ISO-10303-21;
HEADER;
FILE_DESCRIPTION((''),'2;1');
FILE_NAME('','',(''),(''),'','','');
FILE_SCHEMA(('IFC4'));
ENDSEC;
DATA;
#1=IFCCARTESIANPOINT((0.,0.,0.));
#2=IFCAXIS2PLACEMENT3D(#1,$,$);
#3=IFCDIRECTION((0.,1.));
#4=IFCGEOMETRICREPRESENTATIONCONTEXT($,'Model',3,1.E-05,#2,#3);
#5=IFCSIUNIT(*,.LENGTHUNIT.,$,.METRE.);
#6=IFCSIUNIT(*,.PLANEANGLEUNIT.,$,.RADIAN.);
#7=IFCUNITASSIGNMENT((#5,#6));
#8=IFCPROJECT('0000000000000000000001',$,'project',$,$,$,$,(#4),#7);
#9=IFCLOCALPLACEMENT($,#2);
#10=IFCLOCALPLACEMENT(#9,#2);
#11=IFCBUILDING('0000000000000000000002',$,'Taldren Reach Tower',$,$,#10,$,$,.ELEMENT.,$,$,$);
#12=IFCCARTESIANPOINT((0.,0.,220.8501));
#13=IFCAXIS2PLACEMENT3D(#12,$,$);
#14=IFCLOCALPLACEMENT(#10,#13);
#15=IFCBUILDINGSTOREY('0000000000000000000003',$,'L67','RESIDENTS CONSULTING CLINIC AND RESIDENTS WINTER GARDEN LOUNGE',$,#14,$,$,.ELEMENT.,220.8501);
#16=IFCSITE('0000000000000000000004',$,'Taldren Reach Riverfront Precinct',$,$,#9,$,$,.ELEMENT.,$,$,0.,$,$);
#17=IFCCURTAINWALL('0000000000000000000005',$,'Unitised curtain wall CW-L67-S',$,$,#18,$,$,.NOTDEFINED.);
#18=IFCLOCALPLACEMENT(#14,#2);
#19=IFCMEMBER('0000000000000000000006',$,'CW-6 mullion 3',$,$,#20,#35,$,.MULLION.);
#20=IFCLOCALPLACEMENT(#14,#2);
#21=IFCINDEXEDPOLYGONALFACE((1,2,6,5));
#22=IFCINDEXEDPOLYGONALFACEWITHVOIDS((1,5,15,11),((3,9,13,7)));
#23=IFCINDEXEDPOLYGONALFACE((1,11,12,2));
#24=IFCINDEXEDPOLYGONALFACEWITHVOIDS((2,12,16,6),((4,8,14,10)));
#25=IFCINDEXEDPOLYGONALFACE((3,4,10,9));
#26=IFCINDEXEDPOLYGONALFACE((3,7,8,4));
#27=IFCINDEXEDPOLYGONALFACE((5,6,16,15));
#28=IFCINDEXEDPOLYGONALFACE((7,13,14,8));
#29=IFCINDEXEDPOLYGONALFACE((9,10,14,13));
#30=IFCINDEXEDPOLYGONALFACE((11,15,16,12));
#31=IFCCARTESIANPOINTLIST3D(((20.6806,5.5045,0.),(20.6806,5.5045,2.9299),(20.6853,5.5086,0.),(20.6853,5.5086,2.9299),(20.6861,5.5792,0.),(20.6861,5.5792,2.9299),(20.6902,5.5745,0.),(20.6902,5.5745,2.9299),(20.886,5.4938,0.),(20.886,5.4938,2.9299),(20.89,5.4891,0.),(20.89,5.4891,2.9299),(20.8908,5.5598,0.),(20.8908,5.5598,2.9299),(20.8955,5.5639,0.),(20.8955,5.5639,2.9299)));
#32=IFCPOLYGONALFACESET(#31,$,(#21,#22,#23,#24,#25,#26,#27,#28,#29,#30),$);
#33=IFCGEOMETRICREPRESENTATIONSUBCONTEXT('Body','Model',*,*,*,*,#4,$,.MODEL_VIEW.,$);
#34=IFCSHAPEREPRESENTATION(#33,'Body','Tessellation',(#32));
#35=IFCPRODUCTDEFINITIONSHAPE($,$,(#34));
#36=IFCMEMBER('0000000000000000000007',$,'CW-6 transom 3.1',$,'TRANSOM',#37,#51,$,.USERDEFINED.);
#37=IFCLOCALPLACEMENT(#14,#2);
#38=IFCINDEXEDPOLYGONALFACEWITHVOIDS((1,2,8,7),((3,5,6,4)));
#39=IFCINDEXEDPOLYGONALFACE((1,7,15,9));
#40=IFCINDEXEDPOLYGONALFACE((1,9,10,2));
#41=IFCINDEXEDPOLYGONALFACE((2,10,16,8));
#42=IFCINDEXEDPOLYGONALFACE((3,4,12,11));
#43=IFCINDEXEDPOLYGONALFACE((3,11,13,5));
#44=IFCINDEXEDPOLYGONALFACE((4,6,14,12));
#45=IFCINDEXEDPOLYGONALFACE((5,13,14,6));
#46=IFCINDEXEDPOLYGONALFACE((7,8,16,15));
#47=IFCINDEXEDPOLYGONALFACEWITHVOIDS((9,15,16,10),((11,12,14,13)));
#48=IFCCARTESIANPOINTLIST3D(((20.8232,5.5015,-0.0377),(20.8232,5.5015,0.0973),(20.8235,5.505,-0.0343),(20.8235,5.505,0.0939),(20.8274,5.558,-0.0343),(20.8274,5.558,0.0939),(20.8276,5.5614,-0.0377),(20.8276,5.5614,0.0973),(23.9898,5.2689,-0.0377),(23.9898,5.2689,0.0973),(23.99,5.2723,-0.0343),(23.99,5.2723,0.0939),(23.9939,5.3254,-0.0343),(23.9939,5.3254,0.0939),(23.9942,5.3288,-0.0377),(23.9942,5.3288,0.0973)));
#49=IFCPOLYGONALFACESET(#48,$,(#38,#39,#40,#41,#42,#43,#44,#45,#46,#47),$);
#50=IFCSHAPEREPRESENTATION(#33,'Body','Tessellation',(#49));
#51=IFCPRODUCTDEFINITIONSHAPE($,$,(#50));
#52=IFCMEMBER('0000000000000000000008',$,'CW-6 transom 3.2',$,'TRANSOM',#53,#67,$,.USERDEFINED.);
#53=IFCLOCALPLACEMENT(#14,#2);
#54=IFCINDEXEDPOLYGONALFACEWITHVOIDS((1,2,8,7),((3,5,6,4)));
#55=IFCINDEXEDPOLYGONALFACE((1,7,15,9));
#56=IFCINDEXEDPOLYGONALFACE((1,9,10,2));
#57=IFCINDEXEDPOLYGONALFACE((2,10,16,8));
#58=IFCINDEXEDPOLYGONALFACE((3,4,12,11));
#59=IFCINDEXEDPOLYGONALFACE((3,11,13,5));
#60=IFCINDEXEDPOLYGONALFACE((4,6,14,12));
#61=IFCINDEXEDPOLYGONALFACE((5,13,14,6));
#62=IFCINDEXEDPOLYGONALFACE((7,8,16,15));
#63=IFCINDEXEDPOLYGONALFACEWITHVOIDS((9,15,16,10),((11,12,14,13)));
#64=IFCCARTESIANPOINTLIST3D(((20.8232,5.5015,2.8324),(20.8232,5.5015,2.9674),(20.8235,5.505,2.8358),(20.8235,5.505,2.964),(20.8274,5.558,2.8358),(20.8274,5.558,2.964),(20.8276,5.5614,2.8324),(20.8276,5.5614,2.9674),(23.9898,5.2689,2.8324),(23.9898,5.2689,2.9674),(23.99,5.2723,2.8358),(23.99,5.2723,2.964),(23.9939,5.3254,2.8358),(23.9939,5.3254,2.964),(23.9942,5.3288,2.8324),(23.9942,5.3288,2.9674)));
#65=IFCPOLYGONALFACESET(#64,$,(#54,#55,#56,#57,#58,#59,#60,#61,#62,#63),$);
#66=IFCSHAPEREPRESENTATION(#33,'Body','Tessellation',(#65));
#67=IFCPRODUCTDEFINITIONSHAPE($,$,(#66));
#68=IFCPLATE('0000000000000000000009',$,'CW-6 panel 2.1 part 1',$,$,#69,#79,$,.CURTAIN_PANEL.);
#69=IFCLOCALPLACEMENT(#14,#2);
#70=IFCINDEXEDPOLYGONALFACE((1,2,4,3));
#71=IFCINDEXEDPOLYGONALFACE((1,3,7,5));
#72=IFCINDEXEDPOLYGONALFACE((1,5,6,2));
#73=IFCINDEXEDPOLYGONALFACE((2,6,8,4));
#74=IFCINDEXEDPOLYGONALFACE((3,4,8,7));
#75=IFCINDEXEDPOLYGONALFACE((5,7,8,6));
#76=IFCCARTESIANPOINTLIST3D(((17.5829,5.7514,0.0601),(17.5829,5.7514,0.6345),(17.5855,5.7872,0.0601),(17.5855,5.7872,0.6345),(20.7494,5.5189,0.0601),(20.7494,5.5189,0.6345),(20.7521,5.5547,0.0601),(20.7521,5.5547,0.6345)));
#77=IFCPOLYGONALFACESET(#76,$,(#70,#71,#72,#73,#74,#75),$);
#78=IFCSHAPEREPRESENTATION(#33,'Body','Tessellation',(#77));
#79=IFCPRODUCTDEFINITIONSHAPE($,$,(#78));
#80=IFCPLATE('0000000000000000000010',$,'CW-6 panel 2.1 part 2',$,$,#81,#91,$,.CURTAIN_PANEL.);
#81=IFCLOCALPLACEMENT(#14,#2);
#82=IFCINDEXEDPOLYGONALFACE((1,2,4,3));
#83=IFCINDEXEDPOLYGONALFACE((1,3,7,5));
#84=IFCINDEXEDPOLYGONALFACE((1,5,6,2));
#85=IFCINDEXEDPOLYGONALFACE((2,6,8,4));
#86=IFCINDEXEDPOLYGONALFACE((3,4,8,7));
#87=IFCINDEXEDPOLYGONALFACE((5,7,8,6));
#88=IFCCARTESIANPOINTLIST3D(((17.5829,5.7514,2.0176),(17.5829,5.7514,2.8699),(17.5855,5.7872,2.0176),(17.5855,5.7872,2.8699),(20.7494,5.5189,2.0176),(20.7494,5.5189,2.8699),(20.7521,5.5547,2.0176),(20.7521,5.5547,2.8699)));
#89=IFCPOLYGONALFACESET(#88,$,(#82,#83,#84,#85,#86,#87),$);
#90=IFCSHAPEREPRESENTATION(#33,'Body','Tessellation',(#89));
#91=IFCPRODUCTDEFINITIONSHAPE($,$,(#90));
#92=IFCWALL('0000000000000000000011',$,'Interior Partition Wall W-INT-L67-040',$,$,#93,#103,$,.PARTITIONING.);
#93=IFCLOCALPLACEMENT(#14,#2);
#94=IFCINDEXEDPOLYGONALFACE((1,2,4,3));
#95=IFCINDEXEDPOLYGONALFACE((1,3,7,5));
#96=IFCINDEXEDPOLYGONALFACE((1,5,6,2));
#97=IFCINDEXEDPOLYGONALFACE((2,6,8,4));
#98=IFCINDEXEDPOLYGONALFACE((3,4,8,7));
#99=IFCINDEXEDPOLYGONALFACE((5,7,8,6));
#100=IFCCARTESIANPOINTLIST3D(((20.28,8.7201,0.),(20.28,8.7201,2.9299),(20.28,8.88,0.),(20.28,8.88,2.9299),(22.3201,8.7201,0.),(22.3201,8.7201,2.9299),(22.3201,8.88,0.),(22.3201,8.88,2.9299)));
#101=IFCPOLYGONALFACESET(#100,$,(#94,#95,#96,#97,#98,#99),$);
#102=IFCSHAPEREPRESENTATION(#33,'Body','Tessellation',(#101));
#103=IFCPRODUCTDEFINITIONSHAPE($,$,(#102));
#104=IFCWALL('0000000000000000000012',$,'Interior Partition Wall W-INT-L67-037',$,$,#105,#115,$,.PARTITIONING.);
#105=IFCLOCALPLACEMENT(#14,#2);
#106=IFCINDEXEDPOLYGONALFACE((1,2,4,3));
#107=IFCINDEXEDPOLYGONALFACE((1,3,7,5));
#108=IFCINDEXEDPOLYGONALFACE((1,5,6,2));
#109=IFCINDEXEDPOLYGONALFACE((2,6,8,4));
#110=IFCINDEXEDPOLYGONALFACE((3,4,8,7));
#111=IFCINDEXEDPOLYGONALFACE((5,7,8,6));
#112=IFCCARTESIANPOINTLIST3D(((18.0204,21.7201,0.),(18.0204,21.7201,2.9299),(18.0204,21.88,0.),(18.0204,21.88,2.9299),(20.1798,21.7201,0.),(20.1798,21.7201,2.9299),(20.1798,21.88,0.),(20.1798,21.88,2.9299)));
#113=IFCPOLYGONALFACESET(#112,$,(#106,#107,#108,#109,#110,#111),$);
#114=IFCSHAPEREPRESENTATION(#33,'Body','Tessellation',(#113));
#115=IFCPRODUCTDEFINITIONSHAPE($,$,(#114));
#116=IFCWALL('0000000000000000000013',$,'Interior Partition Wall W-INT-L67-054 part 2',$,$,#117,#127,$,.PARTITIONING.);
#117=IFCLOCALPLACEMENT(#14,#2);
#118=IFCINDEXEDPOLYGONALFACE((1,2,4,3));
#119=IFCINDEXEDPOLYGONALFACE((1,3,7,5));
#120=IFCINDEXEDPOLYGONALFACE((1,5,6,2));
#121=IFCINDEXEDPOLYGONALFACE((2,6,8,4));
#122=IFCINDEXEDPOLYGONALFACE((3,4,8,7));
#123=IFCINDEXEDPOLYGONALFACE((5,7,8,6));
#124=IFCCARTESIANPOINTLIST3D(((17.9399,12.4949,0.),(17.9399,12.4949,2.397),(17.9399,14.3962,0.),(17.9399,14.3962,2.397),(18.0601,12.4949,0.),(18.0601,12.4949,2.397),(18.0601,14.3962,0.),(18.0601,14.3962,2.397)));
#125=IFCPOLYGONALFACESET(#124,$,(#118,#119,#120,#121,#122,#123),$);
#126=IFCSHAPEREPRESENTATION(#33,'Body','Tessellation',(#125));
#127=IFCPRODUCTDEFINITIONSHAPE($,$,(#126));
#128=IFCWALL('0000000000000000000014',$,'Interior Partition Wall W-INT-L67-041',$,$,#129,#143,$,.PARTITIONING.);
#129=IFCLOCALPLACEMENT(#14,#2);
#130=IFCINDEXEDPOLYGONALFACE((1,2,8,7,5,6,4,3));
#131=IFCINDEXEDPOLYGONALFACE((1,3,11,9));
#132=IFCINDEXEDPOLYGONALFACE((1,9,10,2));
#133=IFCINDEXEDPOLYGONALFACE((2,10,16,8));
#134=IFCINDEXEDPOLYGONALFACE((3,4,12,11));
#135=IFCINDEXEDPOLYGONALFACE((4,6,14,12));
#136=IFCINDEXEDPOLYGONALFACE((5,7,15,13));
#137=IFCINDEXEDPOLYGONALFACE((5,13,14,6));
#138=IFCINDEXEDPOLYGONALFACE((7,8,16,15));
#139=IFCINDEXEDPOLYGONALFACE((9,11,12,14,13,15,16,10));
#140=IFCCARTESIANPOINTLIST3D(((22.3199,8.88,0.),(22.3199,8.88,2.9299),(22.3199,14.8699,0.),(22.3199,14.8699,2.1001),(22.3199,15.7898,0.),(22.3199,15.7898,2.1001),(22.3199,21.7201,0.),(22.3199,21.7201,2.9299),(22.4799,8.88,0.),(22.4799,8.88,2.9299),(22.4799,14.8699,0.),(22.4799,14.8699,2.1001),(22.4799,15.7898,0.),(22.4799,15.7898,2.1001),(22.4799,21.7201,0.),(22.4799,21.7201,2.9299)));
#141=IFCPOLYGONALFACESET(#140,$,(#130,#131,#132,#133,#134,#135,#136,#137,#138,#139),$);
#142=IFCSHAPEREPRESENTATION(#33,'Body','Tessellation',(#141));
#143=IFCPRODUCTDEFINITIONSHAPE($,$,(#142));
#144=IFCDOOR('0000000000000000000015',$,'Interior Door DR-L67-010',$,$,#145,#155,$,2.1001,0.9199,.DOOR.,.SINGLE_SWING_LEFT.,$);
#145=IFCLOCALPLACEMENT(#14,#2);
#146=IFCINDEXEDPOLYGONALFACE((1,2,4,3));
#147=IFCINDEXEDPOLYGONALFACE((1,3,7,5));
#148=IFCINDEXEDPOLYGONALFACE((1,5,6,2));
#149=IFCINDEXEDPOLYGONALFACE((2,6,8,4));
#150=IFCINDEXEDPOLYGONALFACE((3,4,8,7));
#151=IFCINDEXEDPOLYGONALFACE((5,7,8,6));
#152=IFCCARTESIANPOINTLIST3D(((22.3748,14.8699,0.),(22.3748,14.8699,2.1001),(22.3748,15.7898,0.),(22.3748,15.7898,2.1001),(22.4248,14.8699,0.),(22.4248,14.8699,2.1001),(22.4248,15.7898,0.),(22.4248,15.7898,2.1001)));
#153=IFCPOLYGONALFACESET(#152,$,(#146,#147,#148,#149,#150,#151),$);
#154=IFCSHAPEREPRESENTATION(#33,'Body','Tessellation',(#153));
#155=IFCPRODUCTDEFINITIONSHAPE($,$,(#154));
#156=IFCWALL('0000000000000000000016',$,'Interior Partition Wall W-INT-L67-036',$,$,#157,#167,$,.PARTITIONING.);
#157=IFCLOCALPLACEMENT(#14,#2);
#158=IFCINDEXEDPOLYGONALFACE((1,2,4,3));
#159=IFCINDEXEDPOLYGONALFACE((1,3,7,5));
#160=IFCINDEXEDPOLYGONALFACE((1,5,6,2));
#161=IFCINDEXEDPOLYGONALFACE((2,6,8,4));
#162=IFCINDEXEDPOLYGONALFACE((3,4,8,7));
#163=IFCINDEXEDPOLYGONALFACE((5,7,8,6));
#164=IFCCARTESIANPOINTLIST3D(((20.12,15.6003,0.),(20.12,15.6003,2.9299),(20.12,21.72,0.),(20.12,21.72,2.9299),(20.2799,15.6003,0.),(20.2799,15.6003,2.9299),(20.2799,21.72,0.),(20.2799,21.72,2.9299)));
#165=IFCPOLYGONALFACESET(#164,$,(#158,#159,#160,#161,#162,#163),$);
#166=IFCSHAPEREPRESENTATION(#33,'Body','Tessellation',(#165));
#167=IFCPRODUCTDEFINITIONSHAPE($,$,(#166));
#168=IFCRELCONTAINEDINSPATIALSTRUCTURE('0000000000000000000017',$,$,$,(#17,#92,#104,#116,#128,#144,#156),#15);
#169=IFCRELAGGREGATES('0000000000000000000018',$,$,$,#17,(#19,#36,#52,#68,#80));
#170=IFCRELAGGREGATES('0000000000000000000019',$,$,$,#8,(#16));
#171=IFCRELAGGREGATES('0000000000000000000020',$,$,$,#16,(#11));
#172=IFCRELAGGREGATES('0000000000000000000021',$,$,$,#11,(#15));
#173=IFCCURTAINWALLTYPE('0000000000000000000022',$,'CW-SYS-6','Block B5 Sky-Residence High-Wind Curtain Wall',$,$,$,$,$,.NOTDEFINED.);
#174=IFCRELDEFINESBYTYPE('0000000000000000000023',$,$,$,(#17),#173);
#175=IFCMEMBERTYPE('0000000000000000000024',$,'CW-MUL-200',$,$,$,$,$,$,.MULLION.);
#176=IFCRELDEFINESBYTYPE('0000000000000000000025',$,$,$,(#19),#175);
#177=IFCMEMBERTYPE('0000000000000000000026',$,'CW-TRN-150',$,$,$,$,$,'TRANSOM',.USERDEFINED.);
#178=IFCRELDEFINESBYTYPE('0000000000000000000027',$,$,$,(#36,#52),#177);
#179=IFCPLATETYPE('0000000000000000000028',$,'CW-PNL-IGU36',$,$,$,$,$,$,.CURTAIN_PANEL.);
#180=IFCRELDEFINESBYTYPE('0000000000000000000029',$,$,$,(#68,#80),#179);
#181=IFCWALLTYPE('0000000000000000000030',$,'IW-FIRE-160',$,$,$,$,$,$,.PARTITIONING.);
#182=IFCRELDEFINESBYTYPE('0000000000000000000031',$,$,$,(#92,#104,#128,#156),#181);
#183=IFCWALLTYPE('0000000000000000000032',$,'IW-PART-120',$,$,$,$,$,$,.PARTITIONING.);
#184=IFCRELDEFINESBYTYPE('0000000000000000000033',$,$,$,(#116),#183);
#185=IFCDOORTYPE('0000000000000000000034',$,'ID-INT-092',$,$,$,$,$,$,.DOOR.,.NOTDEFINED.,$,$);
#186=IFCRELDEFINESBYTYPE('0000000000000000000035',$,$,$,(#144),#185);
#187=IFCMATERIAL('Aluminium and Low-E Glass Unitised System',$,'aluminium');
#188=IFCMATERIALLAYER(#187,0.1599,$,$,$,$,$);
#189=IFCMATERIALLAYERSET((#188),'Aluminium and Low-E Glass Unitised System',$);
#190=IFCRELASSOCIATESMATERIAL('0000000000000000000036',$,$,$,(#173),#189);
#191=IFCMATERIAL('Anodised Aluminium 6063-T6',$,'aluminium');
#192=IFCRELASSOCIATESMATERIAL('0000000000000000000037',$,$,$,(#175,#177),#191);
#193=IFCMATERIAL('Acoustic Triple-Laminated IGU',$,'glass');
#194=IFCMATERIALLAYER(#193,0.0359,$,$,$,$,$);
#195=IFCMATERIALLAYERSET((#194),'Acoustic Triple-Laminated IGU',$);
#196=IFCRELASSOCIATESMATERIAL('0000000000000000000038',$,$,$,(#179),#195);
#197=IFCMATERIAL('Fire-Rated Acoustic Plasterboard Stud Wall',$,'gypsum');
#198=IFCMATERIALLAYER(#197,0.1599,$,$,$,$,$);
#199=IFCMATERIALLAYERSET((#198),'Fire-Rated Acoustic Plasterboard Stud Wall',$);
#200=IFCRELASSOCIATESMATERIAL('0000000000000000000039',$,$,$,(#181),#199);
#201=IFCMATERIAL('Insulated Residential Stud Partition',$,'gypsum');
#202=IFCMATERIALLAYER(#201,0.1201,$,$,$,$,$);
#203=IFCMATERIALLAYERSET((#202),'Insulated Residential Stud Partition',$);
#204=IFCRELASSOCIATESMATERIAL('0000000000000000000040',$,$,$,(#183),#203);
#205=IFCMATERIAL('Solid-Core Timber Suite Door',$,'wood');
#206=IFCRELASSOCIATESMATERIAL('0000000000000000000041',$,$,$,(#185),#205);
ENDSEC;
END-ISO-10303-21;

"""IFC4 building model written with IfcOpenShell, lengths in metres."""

from ifc_helpers import new_model, si_unit, direction, frame, frame_2d, origin, origin_2d, place, context, subcontext, project, spatial, rectangle, hollow_rectangle, extrude, source, transform, mapped, material, layer, layer_set, material_profile, profile_set, type_object, element, fill, aggregate, save


model = new_model("IFC4")

# Units and contexts
model_context = context("Model", 3, precision=1e-05, world=origin(), true_north=direction((0.0, 1.0)))
body_context = subcontext(model_context, "Body", "Model", "MODEL_VIEW")
ifc_project = project(units=[si_unit("LENGTHUNIT", "METRE"), si_unit("PLANEANGLEUNIT", "RADIAN")], contexts=[model_context])

# Site, building, storey
site_placement = place(None, origin())
site = spatial("IfcSite", under=ifc_project, at=site_placement, Name="Taldren Reach Riverfront Precinct", CompositionType="ELEMENT", RefElevation=0.0)
building_placement = place(site_placement, origin())
building = spatial("IfcBuilding", under=site, at=building_placement, Name="Taldren Reach Tower", CompositionType="ELEMENT")
storey_placement = place(building_placement, frame((0.0, 0.0, 220.8501)))
storey = spatial("IfcBuildingStorey", under=building, at=storey_placement, Name="L67", Description="RESIDENTS CONSULTING CLINIC AND RESIDENTS WINTER GARDEN LOUNGE", CompositionType="ELEMENT", Elevation=220.8501)

# Curtain wall, members, plates
ifc_material_1 = material(Name="Aluminium and Low-E Glass Unitised System", Category="aluminium")
ifc_layer_1 = layer(ifc_material_1, 0.1599)
ifc_layer_set_1 = layer_set([ifc_layer_1], Name="Aluminium and Low-E Glass Unitised System")
curtain_wall_type = type_object("IfcCurtainWallType", Name="CW-SYS-6", Description="Block B5 Sky-Residence High-Wind Curtain Wall", PredefinedType="NOTDEFINED", material=ifc_layer_set_1)
curtain_wall_placement = place(storey_placement, origin())
curtain_wall = element("IfcCurtainWall", 1, at=curtain_wall_placement, inside=storey, type_object=curtain_wall_type, Name="Unitised curtain wall CW-L67-S", PredefinedType="NOTDEFINED")
ifc_material_2 = material(Name="Anodised Aluminium 6063-T6", Category="aluminium")
ifc_material_profile_1 = material_profile(ifc_material_2, hollow_rectangle(XDim=0.075, YDim=0.21, WallThickness=0.0044, at=origin_2d()), Name="ALU-210x75x4.5RHS")
ifc_profile_set_1 = profile_set([ifc_material_profile_1], Name="Anodised Aluminium 6063-T6")
member_type_1 = type_object("IfcMemberType", Name="CW-MUL-200", PredefinedType="MULLION", material=ifc_profile_set_1)
shared_shape_1 = source(origin(), body_context, "Body", "SweptSolid", [
    extrude(hollow_rectangle(XDim=0.075, YDim=0.21, WallThickness=0.0044, at=origin_2d()), origin(), (0.0, 0.0, 1.0), 2.9299),
])
member_1_placement = place(storey_placement, frame((20.7881, 5.5342, 0.0), z_axis=(0.0, 0.0, 1.0), x_axis=(0.073238, 0.997314, 0.0)))
member_1 = element("IfcMember", 2, at=member_1_placement, type_object=member_type_1, Name="CW-6 mullion 3", PredefinedType="MULLION", context=body_context, shape_type="MappedRepresentation", body=[
    mapped(shared_shape_1, transform((0.0, 0.0, 0.0), scale=1.0)),
])
ifc_material_profile_2 = material_profile(ifc_material_2, hollow_rectangle(XDim=0.0601, YDim=0.135, WallThickness=0.0034, at=origin_2d()), Name="ALU-135x60x3.5RHS")
ifc_profile_set_2 = profile_set([ifc_material_profile_2], Name="Anodised Aluminium 6063-T6")
member_type_2 = type_object("IfcMemberType", Name="CW-TRN-150", ElementType="TRANSOM", PredefinedType="USERDEFINED", material=ifc_profile_set_2)
shared_shape_2 = source(origin(), body_context, "Body", "SweptSolid", [
    extrude(hollow_rectangle(XDim=0.0601, YDim=0.135, WallThickness=0.0034, at=origin_2d()), origin(), (0.0, 0.0, 1.0), 3.175),
])
member_2_placement = place(storey_placement, frame((20.8254, 5.5315, 0.0298), z_axis=(0.997311, -0.07328, 0.0), x_axis=(0.07328, 0.997311, 0.0)))
member_2 = element("IfcMember", 3, at=member_2_placement, type_object=member_type_2, Name="CW-6 transom 3.1", ObjectType="TRANSOM", PredefinedType="USERDEFINED", context=body_context, shape_type="MappedRepresentation", body=[
    mapped(shared_shape_2, transform((0.0, 0.0, 0.0), scale=1.0)),
])
member_3_placement = place(storey_placement, frame((20.8254, 5.5315, 2.8999), z_axis=(0.997311, -0.07328, 0.0), x_axis=(0.07328, 0.997311, 0.0)))
member_3 = element("IfcMember", 4, at=member_3_placement, type_object=member_type_2, Name="CW-6 transom 3.2", ObjectType="TRANSOM", PredefinedType="USERDEFINED", context=body_context, shape_type="MappedRepresentation", body=[
    mapped(shared_shape_2, transform((0.0, 0.0, 0.0), scale=1.0)),
])
ifc_material_3 = material(Name="Acoustic Triple-Laminated IGU", Category="glass")
ifc_layer_2 = layer(ifc_material_3, 0.0359)
ifc_layer_set_2 = layer_set([ifc_layer_2], Name="Acoustic Triple-Laminated IGU")
plate_type = type_object("IfcPlateType", Name="CW-PNL-IGU36", PredefinedType="CURTAIN_PANEL", material=ifc_layer_set_2)
shared_shape_3 = source(origin(), body_context, "Body", "SweptSolid", [
    extrude(rectangle(XDim=3.175, YDim=0.0359, at=origin_2d()), origin(), (0.0, 0.0, 1.0), 0.5745),
])
plate_1_placement = place(storey_placement, frame((19.1675, 5.6531, 0.0601), z_axis=(0.0, 0.0, 1.0), x_axis=(0.997314, -0.073238, 0.0)))
plate_1 = element("IfcPlate", 5, at=plate_1_placement, type_object=plate_type, Name="CW-6 panel 2.1 part 1", PredefinedType="CURTAIN_PANEL", context=body_context, shape_type="MappedRepresentation", body=[
    mapped(shared_shape_3, transform((0.0, 0.0, 0.0), scale=1.0)),
])
shared_shape_4 = source(origin(), body_context, "Body", "SweptSolid", [
    extrude(rectangle(XDim=3.175, YDim=0.0359, at=origin_2d()), origin(), (0.0, 0.0, 1.0), 0.8523),
])
plate_2_placement = place(storey_placement, frame((19.1675, 5.6531, 2.0176), z_axis=(0.0, 0.0, 1.0), x_axis=(0.997314, -0.073238, 0.0)))
plate_2 = element("IfcPlate", 6, at=plate_2_placement, type_object=plate_type, Name="CW-6 panel 2.1 part 2", PredefinedType="CURTAIN_PANEL", context=body_context, shape_type="MappedRepresentation", body=[
    mapped(shared_shape_4, transform((0.0, 0.0, 0.0), scale=1.0)),
])
aggregate(curtain_wall, [member_1, member_2, member_3, plate_1, plate_2])

# Walls
ifc_material_4 = material(Name="Fire-Rated Acoustic Plasterboard Stud Wall", Category="gypsum")
ifc_layer_3 = layer(ifc_material_4, 0.1599)
ifc_layer_set_3 = layer_set([ifc_layer_3], Name="Fire-Rated Acoustic Plasterboard Stud Wall")
wall_type_1 = type_object("IfcWallType", Name="IW-FIRE-160", PredefinedType="PARTITIONING", material=ifc_layer_set_3)
shared_shape_5 = source(origin(), body_context, "Body", "SweptSolid", [
    extrude(rectangle(XDim=2.04, YDim=0.1599, at=frame_2d((1.02, 0.0))), origin(), (0.0, 0.0, 1.0), 2.9299),
])
wall_1_placement = place(storey_placement, frame((22.3201, 8.8, 0.0), z_axis=(0.0, 0.0, 1.0), x_axis=(-1.0, 0.0, 0.0)))
element("IfcWall", 7, at=wall_1_placement, inside=storey, type_object=wall_type_1, Name="Interior Partition Wall W-INT-L67-040", PredefinedType="PARTITIONING", context=body_context, shape_type="MappedRepresentation", body=[
    mapped(shared_shape_5, transform((0.0, 0.0, 0.0), scale=1.0)),
])
shared_shape_6 = source(origin(), body_context, "Body", "SweptSolid", [
    extrude(rectangle(XDim=2.1594, YDim=0.1599, at=frame_2d((1.0796, 0.0))), origin(), (0.0, 0.0, 1.0), 2.9299),
])
wall_2_placement = place(storey_placement, frame((20.1797, 21.8, 0.0), z_axis=(0.0, 0.0, 1.0), x_axis=(-1.0, 0.0, 0.0)))
element("IfcWall", 8, at=wall_2_placement, inside=storey, type_object=wall_type_1, Name="Interior Partition Wall W-INT-L67-037", PredefinedType="PARTITIONING", context=body_context, shape_type="MappedRepresentation", body=[
    mapped(shared_shape_6, transform((0.0, 0.0, 0.0), scale=1.0)),
])
ifc_material_5 = material(Name="Insulated Residential Stud Partition", Category="gypsum")
ifc_layer_4 = layer(ifc_material_5, 0.1201)
ifc_layer_set_4 = layer_set([ifc_layer_4], Name="Insulated Residential Stud Partition")
wall_type_2 = type_object("IfcWallType", Name="IW-PART-120", PredefinedType="PARTITIONING", material=ifc_layer_set_4)
shared_shape_7 = source(origin(), body_context, "Body", "SweptSolid", [
    extrude(rectangle(XDim=1.9014, YDim=0.1201, at=frame_2d((0.9507, 0.0))), origin(), (0.0, 0.0, 1.0), 2.397),
])
wall_3_placement = place(storey_placement, frame((18.0, 14.3962, 0.0), z_axis=(0.0, 0.0, 1.0), x_axis=(0.0, -1.0, 0.0)))
element("IfcWall", 9, at=wall_3_placement, inside=storey, type_object=wall_type_2, Name="Interior Partition Wall W-INT-L67-054 part 2", PredefinedType="PARTITIONING", context=body_context, shape_type="MappedRepresentation", body=[
    mapped(shared_shape_7, transform((0.0, 0.0, 0.0), scale=1.0)),
])

# Wall, opening, door
shared_shape_8 = source(origin(), body_context, "Body", "SweptSolid", [
    extrude(rectangle(XDim=12.8401, YDim=0.1599, at=frame_2d((6.4199, 0.0))), origin(), (0.0, 0.0, 1.0), 2.9299),
])
wall_4_placement = place(storey_placement, frame((22.3999, 21.72, 0.0), z_axis=(0.0, 0.0, 1.0), x_axis=(0.0, -1.0, 0.0)))
wall_4 = element("IfcWall", 10, at=wall_4_placement, inside=storey, type_object=wall_type_1, Name="Interior Partition Wall W-INT-L67-041", PredefinedType="PARTITIONING", context=body_context, shape_type="MappedRepresentation", body=[
    mapped(shared_shape_8, transform((0.0, 0.0, 0.0), scale=1.0)),
])
shared_shape_9 = source(origin(), body_context, "Body", "SweptSolid", [
    extrude(rectangle(XDim=0.9199, YDim=2.1001, at=frame_2d((0.46, 1.05))), frame((0.0, 0.0898, 0.0), z_axis=(0.0, -1.0, 0.0), x_axis=(1.0, 0.0, 0.0)), (0.0, 0.0, 1.0), 0.1799),
])
opening_1_placement = place(wall_4_placement, frame((5.9302, 0.0, 0.0)))
opening_1 = element("IfcOpeningElement", 11, at=opening_1_placement, cuts=wall_4, PredefinedType="OPENING", context=body_context, shape_type="MappedRepresentation", body=[
    mapped(shared_shape_9, transform((0.0, 0.0, 0.0), scale=1.0)),
])
ifc_material_6 = material(Name="Solid-Core Timber Suite Door", Category="wood")
door_type = type_object("IfcDoorType", Name="ID-INT-092", OperationType="NOTDEFINED", PredefinedType="DOOR", material=ifc_material_6)
shared_shape_10 = source(origin(), body_context, "Body", "SweptSolid", [
    extrude(rectangle(XDim=0.9199, YDim=2.1001, at=frame_2d((0.46, 1.05))), frame((0.0, 0.0249, 0.0), z_axis=(0.0, -1.0, 0.0), x_axis=(1.0, 0.0, 0.0)), (0.0, 0.0, 1.0), 0.05),
])
door_1_placement = place(opening_1_placement, origin())
door_1 = element("IfcDoor", 12, at=door_1_placement, inside=storey, type_object=door_type, Name="Interior Door DR-L67-010", OperationType="SINGLE_SWING_LEFT", OverallHeight=2.1001, OverallWidth=0.9199, PredefinedType="DOOR", context=body_context, shape_type="MappedRepresentation", body=[
    mapped(shared_shape_10, transform((0.0, 0.0, 0.0), scale=1.0)),
])
fill(opening_1, door_1)

# Wall
shared_shape_11 = source(origin(), body_context, "Body", "SweptSolid", [
    extrude(rectangle(XDim=6.1196, YDim=0.1599, at=frame_2d((3.0598, 0.0))), origin(), (0.0, 0.0, 1.0), 2.9299),
])
wall_5_placement = place(storey_placement, frame((20.2, 15.6003, 0.0), z_axis=(0.0, 0.0, 1.0), x_axis=(0.0, 1.0, 0.0)))
element("IfcWall", 13, at=wall_5_placement, inside=storey, type_object=wall_type_1, Name="Interior Partition Wall W-INT-L67-036", PredefinedType="PARTITIONING", context=body_context, shape_type="MappedRepresentation", body=[
    mapped(shared_shape_11, transform((0.0, 0.0, 0.0), scale=1.0)),
])

save(model, "model.ifc")
